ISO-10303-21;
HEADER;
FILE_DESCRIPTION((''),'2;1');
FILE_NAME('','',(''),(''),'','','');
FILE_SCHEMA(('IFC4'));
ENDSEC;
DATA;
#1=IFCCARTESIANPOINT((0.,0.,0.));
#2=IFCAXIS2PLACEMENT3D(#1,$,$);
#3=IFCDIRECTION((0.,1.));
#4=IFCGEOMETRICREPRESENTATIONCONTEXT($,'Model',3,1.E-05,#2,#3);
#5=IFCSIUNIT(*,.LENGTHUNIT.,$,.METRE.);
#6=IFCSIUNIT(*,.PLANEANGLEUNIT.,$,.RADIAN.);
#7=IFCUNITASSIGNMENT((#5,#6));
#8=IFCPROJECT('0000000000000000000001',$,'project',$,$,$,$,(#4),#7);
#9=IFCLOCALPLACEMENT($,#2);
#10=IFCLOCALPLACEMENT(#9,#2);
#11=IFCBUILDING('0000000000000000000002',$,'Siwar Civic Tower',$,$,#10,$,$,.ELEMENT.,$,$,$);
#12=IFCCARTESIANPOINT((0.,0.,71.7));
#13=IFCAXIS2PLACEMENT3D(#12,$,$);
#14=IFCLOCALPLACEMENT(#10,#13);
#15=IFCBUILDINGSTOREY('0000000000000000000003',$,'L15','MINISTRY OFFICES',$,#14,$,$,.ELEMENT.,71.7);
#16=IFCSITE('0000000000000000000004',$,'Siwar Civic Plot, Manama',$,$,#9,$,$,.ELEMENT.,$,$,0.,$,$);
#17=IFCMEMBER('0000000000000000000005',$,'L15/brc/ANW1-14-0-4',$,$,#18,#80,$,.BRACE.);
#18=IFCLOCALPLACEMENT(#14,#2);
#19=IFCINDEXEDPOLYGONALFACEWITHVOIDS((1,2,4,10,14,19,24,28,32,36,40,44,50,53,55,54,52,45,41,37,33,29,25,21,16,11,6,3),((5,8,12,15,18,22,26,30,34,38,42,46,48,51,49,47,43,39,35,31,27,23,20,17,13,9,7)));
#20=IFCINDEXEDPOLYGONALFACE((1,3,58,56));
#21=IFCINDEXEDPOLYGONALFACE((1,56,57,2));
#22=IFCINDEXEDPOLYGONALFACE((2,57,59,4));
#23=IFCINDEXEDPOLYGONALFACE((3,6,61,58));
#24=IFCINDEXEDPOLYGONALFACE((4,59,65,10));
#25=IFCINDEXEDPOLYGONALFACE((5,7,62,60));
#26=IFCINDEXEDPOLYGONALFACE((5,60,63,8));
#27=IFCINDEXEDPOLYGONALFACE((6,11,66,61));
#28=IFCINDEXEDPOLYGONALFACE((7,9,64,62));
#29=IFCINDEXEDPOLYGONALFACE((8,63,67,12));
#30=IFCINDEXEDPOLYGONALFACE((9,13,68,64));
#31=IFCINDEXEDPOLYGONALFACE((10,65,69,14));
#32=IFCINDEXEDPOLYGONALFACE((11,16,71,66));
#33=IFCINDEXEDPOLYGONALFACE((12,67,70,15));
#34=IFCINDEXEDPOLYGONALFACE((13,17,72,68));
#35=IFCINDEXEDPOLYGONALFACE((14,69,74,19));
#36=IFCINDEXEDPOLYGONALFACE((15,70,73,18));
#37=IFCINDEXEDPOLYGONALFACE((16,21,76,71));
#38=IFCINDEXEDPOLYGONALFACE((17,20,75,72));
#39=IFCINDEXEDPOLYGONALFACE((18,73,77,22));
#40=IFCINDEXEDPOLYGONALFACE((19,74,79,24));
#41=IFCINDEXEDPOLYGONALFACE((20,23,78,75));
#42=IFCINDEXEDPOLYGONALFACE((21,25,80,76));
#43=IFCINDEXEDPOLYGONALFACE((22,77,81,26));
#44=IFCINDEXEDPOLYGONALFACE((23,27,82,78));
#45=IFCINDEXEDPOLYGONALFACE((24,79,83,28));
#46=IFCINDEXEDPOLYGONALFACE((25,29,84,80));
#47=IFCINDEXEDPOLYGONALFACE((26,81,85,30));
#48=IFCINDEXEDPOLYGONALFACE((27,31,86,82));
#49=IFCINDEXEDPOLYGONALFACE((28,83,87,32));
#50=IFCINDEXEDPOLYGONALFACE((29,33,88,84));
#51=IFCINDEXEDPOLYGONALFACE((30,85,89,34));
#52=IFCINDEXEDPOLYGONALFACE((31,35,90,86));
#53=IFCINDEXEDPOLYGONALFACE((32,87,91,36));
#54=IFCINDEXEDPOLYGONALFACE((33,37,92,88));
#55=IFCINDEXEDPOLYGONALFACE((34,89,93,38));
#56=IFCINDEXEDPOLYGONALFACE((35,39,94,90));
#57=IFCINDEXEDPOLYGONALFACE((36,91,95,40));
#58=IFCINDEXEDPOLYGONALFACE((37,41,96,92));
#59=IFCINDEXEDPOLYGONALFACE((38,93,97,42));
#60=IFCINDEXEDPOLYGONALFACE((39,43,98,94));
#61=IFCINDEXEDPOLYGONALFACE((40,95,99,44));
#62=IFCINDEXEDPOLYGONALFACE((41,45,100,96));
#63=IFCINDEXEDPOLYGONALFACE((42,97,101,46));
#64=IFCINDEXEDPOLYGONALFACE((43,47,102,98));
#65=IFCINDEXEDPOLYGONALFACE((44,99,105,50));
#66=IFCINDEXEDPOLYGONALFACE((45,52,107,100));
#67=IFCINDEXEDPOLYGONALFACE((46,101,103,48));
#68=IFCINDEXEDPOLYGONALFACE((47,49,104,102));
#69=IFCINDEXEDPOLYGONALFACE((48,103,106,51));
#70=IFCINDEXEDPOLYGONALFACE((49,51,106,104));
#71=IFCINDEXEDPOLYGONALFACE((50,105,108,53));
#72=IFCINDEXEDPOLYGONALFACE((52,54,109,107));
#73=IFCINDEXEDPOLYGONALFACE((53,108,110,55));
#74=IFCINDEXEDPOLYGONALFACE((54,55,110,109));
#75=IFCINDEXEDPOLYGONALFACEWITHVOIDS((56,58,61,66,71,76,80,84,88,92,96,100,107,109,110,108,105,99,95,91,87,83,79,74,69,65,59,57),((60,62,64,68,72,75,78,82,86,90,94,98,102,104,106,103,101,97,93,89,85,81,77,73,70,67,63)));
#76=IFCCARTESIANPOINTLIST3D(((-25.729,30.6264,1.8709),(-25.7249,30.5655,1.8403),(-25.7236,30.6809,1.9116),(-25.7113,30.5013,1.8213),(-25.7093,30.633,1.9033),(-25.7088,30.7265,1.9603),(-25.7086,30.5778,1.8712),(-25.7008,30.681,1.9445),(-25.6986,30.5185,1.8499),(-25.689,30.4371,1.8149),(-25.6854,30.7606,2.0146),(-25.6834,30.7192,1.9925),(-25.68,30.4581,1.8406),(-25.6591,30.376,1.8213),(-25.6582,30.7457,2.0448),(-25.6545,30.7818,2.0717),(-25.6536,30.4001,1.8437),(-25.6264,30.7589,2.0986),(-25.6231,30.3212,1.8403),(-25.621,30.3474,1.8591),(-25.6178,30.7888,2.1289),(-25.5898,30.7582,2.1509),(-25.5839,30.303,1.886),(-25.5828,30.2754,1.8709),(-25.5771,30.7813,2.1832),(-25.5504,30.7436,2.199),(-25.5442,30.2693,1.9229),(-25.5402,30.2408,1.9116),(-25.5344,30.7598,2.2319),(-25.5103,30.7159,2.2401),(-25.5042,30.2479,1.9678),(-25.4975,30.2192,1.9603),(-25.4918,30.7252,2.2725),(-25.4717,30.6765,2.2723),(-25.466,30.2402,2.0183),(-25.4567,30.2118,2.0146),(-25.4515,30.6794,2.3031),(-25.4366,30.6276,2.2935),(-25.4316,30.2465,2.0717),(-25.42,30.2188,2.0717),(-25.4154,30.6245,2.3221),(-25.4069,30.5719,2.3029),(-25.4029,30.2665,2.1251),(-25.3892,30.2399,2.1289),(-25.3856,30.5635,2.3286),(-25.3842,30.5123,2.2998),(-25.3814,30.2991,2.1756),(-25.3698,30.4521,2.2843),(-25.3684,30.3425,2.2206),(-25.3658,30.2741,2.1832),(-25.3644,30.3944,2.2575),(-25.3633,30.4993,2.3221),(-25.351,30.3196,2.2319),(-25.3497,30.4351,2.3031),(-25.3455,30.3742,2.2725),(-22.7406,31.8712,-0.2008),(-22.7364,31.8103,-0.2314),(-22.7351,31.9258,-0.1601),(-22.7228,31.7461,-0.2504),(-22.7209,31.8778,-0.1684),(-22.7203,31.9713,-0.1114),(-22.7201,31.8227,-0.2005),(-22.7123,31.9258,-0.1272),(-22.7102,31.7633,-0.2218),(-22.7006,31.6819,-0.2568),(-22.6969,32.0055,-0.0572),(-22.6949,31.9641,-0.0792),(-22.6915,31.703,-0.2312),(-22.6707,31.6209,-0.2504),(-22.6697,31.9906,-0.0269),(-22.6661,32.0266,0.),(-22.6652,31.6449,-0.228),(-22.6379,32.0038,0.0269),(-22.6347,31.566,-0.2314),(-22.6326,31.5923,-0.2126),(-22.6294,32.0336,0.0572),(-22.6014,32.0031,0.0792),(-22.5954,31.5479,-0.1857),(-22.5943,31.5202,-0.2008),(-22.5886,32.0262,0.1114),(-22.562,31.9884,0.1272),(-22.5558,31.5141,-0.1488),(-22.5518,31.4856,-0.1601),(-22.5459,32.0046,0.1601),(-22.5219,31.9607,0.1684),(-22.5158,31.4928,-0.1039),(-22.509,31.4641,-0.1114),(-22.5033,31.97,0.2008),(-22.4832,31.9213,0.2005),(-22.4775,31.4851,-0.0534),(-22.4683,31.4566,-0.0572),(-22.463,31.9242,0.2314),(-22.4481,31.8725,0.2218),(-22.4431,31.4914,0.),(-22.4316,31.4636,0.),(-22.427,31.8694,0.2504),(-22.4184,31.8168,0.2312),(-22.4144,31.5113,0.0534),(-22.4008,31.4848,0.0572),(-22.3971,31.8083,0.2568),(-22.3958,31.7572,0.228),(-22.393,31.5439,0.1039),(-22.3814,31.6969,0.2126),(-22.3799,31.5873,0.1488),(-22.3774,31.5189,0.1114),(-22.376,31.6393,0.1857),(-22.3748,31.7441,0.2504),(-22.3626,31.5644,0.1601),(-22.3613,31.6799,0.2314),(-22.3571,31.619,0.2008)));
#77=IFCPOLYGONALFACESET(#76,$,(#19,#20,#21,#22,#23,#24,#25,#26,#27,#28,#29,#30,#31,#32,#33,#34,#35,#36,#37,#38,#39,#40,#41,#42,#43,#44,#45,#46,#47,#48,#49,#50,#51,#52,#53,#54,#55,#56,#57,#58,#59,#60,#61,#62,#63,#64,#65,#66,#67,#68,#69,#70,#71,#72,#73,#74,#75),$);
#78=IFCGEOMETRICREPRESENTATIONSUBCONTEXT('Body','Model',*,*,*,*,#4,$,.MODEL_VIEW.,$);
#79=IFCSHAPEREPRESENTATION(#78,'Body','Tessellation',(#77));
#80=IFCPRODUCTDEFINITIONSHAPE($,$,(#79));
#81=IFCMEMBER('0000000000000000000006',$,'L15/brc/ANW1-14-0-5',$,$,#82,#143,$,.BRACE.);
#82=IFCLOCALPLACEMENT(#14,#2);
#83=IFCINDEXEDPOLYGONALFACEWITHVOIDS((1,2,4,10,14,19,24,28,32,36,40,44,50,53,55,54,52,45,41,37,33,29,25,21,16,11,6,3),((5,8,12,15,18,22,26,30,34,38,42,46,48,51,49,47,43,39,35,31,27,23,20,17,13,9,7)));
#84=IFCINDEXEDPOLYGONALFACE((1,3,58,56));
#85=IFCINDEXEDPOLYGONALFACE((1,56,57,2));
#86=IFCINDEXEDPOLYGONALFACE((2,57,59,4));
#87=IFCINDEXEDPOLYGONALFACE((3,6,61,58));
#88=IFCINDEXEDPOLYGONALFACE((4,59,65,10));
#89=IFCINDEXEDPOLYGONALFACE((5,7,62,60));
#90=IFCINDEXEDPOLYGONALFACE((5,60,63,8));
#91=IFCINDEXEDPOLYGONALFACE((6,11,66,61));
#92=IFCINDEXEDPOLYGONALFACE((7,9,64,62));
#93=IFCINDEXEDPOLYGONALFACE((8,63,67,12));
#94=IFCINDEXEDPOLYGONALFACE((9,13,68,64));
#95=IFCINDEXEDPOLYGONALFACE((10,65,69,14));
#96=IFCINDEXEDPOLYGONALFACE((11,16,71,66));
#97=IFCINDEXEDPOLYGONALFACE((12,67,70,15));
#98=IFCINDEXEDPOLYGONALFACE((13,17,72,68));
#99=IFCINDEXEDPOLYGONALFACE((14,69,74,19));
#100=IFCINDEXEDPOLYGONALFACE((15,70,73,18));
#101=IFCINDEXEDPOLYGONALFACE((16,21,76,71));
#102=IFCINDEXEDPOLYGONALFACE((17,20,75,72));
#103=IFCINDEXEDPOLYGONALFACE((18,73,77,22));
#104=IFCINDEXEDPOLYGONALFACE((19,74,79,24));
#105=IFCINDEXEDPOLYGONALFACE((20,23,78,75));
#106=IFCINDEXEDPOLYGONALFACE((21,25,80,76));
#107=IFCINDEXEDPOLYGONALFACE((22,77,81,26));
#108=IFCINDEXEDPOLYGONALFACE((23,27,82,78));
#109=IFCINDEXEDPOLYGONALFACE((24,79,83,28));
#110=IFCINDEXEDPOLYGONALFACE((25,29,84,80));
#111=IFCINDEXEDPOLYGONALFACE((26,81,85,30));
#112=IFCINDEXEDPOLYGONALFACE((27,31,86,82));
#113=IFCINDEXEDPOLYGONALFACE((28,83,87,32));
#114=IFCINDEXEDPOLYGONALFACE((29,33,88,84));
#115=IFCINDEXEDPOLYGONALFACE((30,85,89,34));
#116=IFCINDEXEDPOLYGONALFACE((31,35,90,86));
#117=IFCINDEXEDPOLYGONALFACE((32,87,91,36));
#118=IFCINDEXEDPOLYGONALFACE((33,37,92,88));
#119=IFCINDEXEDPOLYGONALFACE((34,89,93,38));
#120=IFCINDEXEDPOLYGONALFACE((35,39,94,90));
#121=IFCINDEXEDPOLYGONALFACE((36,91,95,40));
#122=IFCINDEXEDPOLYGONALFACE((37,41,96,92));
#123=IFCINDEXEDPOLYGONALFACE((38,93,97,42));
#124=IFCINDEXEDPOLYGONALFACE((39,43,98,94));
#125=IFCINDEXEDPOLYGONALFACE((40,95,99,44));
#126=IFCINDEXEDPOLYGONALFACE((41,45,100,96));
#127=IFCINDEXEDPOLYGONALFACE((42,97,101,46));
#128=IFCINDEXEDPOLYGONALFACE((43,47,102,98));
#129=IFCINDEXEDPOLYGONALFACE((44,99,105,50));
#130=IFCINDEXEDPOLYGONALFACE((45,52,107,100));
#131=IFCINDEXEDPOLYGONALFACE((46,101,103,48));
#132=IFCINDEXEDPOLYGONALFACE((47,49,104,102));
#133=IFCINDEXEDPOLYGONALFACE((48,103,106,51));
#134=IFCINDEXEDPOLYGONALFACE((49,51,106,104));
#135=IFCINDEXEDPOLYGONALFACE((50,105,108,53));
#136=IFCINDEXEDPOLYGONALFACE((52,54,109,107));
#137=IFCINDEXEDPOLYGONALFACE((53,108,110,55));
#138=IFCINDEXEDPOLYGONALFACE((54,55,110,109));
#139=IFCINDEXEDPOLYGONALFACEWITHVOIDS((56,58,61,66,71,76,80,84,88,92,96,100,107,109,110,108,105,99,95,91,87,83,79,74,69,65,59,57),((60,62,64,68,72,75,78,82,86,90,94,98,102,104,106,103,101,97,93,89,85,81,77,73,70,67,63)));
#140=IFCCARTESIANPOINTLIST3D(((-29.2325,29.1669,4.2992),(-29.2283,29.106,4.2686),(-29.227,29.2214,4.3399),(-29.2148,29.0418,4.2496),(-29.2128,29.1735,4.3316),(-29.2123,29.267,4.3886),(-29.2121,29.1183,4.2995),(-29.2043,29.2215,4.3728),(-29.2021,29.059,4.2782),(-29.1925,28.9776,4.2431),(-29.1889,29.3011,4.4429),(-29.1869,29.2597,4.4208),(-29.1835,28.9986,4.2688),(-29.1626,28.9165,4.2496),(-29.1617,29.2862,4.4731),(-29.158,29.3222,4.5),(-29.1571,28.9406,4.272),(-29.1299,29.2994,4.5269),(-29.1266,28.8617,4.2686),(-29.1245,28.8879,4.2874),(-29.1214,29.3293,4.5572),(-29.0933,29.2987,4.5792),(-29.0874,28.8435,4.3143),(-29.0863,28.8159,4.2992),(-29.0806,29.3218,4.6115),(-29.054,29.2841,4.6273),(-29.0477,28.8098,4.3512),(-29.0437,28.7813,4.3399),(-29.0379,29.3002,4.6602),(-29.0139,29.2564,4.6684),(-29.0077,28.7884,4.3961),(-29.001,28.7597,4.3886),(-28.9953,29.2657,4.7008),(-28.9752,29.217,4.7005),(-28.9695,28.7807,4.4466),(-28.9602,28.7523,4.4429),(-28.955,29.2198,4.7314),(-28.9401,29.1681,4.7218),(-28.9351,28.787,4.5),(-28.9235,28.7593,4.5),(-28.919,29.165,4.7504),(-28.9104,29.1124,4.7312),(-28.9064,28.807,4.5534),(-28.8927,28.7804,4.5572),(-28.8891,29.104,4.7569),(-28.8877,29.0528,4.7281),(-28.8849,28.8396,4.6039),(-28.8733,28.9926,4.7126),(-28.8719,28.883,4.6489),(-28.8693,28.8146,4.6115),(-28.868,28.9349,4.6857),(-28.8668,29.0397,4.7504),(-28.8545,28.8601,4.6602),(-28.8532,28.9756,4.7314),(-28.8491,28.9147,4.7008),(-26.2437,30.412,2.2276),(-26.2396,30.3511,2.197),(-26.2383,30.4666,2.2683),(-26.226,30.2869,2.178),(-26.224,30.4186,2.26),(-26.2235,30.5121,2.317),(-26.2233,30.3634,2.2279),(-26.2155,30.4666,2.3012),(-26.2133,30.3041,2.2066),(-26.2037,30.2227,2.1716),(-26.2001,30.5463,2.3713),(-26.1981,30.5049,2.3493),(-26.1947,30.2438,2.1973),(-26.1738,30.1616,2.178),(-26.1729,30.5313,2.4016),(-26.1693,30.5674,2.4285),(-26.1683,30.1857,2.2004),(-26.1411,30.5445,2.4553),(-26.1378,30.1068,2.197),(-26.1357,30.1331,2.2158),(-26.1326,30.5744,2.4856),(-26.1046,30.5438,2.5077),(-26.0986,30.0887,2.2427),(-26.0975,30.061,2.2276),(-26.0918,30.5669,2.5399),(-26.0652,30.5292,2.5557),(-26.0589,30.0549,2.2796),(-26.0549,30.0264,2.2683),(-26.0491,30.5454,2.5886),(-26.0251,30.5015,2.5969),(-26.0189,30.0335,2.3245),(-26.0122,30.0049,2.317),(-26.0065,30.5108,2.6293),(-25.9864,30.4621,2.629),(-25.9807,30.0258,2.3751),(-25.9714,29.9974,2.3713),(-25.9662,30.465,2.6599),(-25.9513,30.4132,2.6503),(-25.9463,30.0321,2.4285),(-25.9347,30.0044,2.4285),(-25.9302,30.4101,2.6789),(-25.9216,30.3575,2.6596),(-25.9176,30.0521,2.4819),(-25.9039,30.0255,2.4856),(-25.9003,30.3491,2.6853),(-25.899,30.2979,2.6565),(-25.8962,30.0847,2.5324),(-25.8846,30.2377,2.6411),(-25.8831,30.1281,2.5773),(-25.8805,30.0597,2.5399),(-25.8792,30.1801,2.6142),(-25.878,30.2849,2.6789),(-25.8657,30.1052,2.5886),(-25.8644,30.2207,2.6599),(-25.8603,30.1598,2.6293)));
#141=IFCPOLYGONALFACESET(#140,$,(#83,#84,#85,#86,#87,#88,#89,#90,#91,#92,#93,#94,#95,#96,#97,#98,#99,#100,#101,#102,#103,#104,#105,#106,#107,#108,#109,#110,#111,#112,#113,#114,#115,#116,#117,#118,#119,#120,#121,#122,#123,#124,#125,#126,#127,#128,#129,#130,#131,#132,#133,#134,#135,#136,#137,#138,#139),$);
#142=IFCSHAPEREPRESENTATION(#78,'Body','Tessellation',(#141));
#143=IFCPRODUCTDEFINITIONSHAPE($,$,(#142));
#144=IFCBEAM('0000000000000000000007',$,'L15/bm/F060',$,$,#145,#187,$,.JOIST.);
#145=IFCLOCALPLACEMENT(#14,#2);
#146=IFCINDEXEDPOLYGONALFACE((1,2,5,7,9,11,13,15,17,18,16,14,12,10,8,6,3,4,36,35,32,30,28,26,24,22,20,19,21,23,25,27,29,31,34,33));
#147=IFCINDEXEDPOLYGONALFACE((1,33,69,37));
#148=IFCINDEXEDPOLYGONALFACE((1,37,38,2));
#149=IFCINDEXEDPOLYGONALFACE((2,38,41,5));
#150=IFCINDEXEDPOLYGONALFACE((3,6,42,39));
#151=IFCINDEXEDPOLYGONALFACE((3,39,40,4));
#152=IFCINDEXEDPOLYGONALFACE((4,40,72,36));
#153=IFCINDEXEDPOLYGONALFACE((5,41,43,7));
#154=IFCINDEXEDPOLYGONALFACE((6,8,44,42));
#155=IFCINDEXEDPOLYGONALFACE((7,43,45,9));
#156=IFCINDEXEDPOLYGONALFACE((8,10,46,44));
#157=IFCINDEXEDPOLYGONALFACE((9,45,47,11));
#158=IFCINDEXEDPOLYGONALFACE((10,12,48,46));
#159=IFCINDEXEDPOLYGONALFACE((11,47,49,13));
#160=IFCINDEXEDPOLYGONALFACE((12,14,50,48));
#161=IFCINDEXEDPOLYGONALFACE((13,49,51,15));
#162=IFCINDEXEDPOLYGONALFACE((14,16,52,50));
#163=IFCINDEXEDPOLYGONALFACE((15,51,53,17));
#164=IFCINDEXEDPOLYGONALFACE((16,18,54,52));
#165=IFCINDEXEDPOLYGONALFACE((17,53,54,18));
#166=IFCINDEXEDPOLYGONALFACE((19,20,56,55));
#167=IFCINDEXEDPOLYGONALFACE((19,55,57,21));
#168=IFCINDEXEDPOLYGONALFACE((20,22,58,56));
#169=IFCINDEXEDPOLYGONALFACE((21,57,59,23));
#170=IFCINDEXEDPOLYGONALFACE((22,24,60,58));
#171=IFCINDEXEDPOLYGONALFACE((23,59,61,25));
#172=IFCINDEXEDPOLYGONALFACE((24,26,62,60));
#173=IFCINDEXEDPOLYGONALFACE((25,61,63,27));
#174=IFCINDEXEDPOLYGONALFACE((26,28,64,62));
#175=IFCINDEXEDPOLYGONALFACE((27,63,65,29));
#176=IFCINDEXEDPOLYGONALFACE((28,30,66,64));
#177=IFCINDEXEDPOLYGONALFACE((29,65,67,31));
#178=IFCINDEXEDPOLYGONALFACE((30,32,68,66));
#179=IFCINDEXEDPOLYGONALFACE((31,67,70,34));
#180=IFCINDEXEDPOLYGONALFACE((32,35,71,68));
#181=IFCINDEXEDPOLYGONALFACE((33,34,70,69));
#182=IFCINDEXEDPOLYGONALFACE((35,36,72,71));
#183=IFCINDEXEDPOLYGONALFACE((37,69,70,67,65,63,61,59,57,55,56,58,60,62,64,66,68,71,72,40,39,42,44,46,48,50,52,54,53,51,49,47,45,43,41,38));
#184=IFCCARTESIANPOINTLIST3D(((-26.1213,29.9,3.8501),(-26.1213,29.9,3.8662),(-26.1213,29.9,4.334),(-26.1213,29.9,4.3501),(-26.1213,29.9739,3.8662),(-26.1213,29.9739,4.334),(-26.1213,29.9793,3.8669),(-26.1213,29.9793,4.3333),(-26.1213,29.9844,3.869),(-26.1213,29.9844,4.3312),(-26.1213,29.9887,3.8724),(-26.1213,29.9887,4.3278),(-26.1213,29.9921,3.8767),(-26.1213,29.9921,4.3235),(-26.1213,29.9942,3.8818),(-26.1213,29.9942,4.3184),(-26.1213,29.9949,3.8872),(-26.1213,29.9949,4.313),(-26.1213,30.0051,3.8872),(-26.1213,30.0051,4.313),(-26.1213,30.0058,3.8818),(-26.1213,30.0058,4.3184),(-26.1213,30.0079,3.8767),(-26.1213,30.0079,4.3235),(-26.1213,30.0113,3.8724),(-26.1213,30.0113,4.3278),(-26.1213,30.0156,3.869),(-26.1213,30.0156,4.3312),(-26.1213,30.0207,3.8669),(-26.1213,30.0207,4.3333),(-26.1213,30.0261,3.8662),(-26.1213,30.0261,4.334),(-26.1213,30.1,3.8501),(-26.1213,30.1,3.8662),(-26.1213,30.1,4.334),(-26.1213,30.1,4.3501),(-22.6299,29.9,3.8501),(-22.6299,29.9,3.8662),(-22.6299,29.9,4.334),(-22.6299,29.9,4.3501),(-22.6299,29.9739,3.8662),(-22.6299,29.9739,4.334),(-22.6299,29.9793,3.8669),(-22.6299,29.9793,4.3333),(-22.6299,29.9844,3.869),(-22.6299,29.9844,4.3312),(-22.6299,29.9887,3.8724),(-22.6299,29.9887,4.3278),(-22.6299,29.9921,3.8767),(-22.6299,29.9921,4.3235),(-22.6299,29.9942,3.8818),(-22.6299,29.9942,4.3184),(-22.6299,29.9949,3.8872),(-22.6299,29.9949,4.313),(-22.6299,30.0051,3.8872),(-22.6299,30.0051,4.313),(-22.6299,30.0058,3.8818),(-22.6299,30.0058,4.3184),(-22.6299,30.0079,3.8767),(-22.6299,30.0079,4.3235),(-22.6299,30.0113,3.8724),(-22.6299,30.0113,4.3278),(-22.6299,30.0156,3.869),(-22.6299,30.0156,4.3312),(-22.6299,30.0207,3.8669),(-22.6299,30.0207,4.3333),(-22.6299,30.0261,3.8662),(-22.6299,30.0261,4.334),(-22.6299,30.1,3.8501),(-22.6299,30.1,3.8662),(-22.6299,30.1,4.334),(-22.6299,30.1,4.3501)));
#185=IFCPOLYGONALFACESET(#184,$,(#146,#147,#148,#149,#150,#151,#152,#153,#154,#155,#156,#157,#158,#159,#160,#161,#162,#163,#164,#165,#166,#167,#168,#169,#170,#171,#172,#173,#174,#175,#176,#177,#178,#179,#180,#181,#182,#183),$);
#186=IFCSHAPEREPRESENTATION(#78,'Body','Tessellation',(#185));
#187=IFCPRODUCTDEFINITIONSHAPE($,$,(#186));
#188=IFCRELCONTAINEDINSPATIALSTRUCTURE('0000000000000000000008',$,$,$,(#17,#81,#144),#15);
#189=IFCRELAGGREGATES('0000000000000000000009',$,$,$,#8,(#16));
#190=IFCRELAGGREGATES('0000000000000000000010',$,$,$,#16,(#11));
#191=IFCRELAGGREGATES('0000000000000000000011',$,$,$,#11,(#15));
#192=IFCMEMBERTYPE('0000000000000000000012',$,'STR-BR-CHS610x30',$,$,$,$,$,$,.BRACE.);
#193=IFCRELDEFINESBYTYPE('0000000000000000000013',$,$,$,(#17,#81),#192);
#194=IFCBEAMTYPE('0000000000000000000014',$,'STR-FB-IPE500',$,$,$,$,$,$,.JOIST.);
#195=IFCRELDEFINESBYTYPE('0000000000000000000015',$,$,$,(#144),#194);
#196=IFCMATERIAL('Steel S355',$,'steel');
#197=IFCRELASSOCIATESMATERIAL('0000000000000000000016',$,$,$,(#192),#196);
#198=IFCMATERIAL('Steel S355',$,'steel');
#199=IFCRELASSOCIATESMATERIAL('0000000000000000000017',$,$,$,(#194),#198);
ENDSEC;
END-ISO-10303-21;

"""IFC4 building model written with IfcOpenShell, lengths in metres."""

from ifc_helpers import new_model, si_unit, direction, frame, origin, origin_2d, place, context, subcontext, project, spatial, hollow_circle, i_section, extrude, material, material_profile, profile_set, type_object, element, save


model = new_model("IFC4")

# Units and contexts
model_context = context("Model", 3, precision=1e-05, world=origin(), true_north=direction((0.0, 1.0)))
body_context = subcontext(model_context, "Body", "Model", "MODEL_VIEW")
ifc_project = project(units=[si_unit("LENGTHUNIT", "METRE"), si_unit("PLANEANGLEUNIT", "RADIAN")], contexts=[model_context])

# Site, building, storey
site_placement = place(None, origin())
site = spatial("IfcSite", under=ifc_project, at=site_placement, Name="Siwar Civic Plot, Manama", CompositionType="ELEMENT", RefElevation=0.0)
building_placement = place(site_placement, origin())
building = spatial("IfcBuilding", under=site, at=building_placement, Name="Siwar Civic Tower", CompositionType="ELEMENT")
storey_placement = place(building_placement, frame((0.0, 0.0, 71.7)))
storey = spatial("IfcBuildingStorey", under=building, at=storey_placement, Name="L15", Description="MINISTRY OFFICES", CompositionType="ELEMENT", Elevation=71.7)

# Members
ifc_material_1 = material(Name="Steel S355", Category="steel")
ifc_material_profile_1 = material_profile(ifc_material_1, hollow_circle(Radius=0.3049, WallThickness=0.03, at=origin_2d()), Name="CHS610x30")
ifc_profile_set_1 = profile_set([ifc_material_profile_1], Name="Steel S355")
member_type_1 = type_object("IfcMemberType", Name="STR-BR-CHS610x30", PredefinedType="BRACE", material=ifc_profile_set_1)
member_1_placement = place(storey_placement, frame((-22.5488, 31.7451, 0.0), z_axis=(-0.777533, -0.323882, 0.53902), x_axis=(0.384524, -0.923115, 0.0)))
element("IfcMember", 1, at=member_1_placement, inside=storey, type_object=member_type_1, Name="L15/brc/ANW1-14-0-4", PredefinedType="BRACE", context=body_context, shape_type="SweptSolid", body=[
    extrude(hollow_circle(Radius=0.3049, WallThickness=0.03, at=origin_2d()), origin(), (0.0, 0.0, 1.0), 3.8435),
])
member_2_placement = place(storey_placement, frame((-26.052, 30.2859, 2.4285), z_axis=(-0.777569, -0.323934, 0.538937), x_axis=(0.384562, -0.923099, 0.0)))
element("IfcMember", 2, at=member_2_placement, inside=storey, type_object=member_type_1, Name="L15/brc/ANW1-14-0-5", PredefinedType="BRACE", context=body_context, shape_type="SweptSolid", body=[
    extrude(hollow_circle(Radius=0.3049, WallThickness=0.03, at=origin_2d()), origin(), (0.0, 0.0, 1.0), 3.8438),
])

# Beam
ifc_material_2 = material(Name="Steel S355", Category="steel")
ifc_material_profile_2 = material_profile(ifc_material_2, i_section(OverallWidth=0.2, OverallDepth=0.5, WebThickness=0.0103, FlangeThickness=0.0161, FilletRadius=0.021, at=origin_2d()), Name="IPE500")
ifc_profile_set_2 = profile_set([ifc_material_profile_2], Name="Steel S355")
beam_type_1 = type_object("IfcBeamType", Name="STR-FB-IPE500", PredefinedType="JOIST", material=ifc_profile_set_2)
beam_1_placement = place(storey_placement, frame((-26.1213, 30.0, 4.1001), z_axis=(1.0, 0.0, 0.0), x_axis=(0.0, 1.0, 0.0)))
element("IfcBeam", 3, at=beam_1_placement, inside=storey, type_object=beam_type_1, Name="L15/bm/F060", PredefinedType="JOIST", context=body_context, shape_type="SweptSolid", body=[
    extrude(i_section(OverallWidth=0.2, OverallDepth=0.5, WebThickness=0.0103, FlangeThickness=0.0161, FilletRadius=0.021, at=origin_2d()), origin(), (0.0, 0.0, 1.0), 3.4915),
])

save(model, "model.ifc")
